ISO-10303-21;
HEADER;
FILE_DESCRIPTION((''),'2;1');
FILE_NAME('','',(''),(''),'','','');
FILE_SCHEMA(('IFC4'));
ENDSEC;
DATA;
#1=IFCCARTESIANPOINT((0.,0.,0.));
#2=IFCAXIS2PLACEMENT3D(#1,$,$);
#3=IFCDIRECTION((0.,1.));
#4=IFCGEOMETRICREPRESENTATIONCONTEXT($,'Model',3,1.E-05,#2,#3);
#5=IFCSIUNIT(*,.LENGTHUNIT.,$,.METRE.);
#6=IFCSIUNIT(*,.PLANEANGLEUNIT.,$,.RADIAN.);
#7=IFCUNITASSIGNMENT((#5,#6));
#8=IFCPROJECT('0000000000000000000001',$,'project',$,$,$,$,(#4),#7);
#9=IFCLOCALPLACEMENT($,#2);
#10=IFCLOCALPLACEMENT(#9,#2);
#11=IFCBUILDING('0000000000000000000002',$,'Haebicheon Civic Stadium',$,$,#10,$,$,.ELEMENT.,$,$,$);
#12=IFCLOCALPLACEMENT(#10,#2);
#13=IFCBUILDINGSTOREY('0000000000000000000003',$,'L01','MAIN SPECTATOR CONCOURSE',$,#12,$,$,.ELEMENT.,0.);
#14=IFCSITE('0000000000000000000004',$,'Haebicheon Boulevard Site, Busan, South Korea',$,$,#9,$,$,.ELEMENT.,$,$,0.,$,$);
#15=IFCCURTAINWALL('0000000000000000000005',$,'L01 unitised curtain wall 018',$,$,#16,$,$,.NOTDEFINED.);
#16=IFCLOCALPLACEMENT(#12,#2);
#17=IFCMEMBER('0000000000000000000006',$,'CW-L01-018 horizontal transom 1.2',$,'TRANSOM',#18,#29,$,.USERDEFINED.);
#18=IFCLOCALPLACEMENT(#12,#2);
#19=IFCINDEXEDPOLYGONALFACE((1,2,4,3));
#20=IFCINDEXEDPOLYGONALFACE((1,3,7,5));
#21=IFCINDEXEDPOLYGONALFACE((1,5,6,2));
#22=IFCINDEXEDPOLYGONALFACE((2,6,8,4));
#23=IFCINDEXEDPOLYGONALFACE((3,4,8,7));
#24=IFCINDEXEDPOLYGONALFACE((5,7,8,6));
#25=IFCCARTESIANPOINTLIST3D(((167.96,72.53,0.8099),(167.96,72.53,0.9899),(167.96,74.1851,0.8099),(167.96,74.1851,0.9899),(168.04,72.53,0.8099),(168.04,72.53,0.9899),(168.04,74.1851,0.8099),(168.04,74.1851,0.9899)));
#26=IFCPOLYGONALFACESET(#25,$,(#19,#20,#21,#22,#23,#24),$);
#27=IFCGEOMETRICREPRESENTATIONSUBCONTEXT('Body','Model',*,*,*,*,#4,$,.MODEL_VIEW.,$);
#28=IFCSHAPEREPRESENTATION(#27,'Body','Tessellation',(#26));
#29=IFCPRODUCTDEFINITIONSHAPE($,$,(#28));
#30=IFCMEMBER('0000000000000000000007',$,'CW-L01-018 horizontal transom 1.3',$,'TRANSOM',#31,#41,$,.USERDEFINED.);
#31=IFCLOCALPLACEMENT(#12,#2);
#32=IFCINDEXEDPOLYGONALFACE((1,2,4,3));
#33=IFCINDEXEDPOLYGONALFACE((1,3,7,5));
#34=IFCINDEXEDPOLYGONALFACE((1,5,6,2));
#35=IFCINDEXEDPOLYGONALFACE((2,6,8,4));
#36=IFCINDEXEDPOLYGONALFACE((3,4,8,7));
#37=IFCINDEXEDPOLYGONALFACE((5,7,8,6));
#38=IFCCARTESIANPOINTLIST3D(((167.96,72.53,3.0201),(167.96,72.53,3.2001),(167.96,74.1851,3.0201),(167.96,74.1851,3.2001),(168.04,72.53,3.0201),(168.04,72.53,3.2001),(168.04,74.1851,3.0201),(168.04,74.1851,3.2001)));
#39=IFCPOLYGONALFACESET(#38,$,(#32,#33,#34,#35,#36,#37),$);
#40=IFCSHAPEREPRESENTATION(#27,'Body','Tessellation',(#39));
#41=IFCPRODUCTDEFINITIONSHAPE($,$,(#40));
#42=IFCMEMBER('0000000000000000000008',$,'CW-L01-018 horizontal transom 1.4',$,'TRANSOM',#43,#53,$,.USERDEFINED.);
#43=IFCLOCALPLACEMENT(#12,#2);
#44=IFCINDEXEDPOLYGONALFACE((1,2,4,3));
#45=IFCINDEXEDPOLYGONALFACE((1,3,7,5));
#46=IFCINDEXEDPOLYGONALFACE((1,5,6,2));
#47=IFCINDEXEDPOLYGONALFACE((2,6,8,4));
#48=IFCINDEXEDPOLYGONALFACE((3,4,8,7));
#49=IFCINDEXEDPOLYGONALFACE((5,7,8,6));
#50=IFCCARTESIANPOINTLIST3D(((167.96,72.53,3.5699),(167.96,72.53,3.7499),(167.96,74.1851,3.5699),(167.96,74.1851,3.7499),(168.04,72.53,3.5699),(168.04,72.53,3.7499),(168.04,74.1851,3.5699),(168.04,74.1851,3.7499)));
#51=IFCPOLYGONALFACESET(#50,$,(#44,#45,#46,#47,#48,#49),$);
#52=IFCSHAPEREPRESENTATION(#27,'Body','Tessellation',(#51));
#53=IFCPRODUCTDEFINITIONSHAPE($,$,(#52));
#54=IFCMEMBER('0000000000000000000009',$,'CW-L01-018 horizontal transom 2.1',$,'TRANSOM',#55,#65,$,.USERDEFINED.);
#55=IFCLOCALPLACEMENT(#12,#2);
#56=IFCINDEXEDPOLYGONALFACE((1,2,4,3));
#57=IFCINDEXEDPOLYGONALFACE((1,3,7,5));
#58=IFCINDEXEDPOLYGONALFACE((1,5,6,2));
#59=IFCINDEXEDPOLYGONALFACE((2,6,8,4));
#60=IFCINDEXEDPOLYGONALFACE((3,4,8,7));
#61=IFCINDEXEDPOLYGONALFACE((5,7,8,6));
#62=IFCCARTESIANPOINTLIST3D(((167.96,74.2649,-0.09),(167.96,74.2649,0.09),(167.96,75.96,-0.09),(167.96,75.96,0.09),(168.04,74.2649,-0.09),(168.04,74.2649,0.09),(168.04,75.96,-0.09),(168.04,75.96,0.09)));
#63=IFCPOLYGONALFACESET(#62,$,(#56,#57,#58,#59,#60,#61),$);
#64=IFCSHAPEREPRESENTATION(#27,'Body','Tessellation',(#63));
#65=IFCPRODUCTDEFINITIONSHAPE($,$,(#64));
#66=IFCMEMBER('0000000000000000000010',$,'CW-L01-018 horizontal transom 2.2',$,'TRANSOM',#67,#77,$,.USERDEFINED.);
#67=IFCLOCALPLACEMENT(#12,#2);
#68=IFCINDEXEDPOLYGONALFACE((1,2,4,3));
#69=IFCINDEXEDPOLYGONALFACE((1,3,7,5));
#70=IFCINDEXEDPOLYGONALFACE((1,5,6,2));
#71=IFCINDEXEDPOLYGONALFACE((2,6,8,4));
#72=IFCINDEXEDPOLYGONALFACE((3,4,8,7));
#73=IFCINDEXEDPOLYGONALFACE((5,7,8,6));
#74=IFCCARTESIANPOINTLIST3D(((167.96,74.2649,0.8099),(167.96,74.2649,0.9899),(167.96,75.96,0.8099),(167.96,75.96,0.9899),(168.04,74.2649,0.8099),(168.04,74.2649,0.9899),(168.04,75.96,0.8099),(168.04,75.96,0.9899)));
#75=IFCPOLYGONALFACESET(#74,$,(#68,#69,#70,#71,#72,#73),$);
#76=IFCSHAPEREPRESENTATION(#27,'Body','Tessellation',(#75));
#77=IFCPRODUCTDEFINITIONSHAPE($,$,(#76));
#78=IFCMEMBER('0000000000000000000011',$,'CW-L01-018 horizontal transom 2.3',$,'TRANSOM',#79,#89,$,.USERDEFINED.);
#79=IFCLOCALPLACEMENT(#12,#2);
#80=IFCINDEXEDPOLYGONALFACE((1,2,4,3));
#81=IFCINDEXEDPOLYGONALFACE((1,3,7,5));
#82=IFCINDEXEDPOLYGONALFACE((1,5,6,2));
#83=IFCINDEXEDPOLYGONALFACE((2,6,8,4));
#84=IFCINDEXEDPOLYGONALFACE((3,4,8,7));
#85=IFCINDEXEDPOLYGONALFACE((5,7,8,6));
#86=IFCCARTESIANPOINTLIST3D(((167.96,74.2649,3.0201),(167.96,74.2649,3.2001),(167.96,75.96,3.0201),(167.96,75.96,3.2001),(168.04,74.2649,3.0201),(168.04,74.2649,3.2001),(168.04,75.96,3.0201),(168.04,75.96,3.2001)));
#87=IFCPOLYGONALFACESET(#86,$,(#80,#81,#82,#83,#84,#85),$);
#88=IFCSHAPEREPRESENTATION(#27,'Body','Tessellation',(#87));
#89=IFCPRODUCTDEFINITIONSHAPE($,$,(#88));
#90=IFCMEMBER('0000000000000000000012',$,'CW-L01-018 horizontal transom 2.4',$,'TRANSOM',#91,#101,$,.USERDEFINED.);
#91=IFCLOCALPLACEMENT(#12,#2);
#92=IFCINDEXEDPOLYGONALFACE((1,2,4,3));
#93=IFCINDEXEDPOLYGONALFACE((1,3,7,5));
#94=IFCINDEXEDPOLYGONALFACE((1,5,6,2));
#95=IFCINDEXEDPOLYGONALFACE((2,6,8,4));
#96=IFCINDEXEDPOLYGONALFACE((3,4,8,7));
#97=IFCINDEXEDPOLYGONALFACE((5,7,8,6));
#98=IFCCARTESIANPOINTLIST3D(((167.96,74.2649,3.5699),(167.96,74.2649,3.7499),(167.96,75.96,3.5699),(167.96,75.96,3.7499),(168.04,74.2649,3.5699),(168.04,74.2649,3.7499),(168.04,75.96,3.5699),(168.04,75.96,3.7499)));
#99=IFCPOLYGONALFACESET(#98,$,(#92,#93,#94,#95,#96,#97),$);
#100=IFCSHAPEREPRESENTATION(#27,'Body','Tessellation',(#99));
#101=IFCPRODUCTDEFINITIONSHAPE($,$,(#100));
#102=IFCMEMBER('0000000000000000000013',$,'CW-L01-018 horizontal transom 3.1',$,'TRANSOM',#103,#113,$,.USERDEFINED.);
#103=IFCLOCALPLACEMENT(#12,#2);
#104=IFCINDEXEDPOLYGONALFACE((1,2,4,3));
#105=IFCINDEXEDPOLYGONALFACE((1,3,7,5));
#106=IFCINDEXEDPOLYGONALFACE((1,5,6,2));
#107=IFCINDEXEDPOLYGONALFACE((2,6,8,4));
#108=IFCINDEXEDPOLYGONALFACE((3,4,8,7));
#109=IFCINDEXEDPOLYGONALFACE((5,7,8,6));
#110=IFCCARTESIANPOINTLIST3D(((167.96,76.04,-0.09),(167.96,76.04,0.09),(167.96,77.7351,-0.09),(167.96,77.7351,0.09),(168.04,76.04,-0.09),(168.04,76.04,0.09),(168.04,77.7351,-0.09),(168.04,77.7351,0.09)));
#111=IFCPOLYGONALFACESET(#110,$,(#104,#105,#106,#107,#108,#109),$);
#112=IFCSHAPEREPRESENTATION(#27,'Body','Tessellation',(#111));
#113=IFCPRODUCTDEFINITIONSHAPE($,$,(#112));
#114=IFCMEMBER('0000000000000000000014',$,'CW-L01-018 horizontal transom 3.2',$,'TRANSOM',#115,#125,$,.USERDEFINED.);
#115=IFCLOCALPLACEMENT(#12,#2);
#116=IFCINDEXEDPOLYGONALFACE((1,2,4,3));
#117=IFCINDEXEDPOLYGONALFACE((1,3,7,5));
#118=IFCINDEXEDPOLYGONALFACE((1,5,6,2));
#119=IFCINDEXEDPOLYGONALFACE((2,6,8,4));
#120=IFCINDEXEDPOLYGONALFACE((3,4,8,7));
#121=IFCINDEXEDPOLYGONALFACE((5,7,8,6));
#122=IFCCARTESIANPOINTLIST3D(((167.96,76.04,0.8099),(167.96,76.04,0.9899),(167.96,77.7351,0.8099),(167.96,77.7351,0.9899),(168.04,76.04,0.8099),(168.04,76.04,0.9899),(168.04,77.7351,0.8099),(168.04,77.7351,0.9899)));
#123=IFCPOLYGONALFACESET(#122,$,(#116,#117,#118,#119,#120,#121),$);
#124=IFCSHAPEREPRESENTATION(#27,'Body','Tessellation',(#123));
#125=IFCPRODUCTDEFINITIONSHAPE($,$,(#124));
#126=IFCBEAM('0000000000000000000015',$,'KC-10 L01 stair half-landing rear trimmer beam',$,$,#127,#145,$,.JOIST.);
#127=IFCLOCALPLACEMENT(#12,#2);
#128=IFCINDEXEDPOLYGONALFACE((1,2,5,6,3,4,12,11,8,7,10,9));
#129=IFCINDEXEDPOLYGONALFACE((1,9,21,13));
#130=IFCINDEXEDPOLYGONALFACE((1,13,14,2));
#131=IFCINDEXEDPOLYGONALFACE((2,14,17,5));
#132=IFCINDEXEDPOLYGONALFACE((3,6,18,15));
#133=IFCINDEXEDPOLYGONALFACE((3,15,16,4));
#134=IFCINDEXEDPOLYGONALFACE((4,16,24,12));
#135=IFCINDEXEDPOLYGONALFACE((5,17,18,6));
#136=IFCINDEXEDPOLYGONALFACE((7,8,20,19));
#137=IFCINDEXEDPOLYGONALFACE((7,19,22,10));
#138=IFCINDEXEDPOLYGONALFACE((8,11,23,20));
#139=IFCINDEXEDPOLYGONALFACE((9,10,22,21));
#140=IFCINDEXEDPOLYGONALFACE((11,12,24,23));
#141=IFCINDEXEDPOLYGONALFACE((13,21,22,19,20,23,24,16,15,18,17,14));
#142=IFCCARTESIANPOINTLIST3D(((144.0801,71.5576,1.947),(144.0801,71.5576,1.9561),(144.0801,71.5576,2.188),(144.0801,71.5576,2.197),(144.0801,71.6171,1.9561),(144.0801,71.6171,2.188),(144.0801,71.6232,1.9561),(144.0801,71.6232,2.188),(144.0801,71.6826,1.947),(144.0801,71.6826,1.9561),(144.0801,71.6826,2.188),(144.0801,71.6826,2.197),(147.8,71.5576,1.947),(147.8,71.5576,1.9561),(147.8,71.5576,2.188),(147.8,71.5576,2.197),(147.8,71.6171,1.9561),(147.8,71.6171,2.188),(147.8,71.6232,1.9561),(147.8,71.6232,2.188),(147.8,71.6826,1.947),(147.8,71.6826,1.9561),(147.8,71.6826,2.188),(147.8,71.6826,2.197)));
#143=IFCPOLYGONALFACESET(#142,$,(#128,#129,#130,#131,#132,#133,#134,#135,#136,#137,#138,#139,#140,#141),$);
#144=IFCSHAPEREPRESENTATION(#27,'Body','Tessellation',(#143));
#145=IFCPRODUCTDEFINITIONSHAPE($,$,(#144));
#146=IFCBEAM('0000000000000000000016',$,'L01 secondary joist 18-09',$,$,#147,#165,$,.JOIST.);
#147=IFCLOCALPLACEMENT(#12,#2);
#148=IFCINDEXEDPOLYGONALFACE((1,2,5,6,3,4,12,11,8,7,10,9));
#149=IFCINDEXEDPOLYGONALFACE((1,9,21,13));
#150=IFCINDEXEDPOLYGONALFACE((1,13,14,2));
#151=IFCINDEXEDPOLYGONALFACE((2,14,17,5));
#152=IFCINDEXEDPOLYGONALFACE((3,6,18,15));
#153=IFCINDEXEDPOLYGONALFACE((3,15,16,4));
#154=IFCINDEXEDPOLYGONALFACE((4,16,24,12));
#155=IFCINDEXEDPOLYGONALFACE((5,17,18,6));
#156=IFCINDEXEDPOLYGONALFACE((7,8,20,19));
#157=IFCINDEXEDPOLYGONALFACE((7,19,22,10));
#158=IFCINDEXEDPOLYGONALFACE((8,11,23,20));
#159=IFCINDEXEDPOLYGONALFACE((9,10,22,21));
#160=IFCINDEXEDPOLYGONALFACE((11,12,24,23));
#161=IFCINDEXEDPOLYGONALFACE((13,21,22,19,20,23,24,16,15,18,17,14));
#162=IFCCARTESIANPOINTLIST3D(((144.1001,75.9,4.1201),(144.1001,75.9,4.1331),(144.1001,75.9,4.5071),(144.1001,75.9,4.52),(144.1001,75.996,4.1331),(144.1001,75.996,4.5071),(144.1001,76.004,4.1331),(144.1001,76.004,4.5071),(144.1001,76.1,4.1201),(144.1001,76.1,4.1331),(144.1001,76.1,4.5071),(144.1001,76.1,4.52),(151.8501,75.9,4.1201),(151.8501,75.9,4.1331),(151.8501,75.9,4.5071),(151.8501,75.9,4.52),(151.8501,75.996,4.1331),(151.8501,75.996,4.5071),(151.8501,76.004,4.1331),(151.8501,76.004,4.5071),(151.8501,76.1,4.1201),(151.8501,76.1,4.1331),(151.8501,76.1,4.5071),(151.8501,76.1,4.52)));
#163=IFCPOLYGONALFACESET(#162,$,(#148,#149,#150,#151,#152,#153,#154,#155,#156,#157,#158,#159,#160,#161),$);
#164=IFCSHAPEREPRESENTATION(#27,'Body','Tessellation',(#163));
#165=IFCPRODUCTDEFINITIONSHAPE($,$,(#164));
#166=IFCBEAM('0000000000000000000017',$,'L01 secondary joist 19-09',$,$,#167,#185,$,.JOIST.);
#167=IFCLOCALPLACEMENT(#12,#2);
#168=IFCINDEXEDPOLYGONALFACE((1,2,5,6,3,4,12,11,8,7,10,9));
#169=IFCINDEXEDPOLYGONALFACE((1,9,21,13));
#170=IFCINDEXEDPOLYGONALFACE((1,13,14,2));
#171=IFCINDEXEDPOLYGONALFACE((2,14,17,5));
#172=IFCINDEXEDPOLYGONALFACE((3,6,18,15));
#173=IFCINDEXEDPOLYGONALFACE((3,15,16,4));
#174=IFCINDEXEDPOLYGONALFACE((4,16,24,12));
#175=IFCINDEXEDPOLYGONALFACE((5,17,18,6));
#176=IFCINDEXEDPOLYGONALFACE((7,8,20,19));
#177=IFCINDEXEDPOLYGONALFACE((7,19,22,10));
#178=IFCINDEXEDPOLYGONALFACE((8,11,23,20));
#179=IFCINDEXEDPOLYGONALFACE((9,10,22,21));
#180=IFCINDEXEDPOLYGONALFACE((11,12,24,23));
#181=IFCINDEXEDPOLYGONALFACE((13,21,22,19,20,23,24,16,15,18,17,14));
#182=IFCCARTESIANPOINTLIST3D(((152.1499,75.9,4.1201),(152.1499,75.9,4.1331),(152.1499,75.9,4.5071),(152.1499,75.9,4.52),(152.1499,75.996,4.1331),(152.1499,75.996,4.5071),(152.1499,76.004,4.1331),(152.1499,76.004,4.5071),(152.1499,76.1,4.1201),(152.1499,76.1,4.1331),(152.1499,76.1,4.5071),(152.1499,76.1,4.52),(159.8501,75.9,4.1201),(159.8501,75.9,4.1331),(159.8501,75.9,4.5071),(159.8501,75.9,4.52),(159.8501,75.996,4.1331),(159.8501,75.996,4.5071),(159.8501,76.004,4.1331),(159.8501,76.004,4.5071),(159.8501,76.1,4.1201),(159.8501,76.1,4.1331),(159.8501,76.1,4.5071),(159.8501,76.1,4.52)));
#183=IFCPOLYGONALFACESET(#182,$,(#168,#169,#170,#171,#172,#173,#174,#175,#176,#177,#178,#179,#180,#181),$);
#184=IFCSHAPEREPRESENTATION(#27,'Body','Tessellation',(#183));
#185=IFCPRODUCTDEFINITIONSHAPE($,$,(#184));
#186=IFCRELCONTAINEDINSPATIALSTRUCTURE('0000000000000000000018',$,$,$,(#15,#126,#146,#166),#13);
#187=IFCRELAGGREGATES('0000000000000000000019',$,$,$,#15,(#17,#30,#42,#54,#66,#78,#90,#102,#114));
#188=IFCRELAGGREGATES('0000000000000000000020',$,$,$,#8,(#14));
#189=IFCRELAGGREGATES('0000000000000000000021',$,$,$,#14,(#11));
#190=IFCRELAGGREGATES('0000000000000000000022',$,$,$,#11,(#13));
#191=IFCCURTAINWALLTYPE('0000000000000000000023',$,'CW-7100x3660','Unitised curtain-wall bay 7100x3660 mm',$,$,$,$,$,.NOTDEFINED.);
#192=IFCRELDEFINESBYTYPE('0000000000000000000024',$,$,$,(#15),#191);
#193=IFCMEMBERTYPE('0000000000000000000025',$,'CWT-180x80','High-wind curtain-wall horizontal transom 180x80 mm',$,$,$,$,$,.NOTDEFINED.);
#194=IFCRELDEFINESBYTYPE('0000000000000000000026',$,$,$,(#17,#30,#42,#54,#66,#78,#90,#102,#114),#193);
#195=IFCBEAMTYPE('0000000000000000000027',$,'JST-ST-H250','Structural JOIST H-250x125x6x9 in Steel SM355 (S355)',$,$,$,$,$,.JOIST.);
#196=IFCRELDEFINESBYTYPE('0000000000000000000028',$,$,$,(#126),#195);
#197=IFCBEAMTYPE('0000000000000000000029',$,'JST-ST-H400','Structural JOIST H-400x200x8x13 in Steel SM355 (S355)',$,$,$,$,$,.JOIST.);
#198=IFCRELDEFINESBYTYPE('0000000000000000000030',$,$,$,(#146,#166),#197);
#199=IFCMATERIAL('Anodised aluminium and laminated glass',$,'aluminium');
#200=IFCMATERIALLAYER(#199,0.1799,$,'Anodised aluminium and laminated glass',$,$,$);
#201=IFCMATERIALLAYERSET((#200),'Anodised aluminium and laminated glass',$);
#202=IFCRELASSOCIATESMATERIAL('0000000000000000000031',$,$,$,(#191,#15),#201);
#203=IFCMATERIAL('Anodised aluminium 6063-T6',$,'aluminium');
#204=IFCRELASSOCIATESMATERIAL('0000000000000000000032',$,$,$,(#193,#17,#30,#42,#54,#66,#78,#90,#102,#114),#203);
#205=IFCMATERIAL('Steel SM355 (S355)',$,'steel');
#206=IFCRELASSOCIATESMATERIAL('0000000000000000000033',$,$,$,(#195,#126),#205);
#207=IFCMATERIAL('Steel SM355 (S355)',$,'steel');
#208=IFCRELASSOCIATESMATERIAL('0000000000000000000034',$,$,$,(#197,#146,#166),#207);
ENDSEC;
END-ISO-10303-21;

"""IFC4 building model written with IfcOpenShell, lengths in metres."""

from ifc_helpers import new_model, si_unit, direction, frame, origin, origin_2d, place, context, subcontext, project, spatial, rectangle, i_section, extrude, material, layer, layer_set, material_profile, profile_set, type_object, element, aggregate, save


model = new_model("IFC4")

# Units and contexts
model_context = context("Model", 3, precision=1e-05, world=origin(), true_north=direction((0.0, 1.0)))
body_context = subcontext(model_context, "Body", "Model", "MODEL_VIEW")
ifc_project = project(units=[si_unit("LENGTHUNIT", "METRE"), si_unit("PLANEANGLEUNIT", "RADIAN")], contexts=[model_context])

# Site, building, storey
site_placement = place(None, origin())
site = spatial("IfcSite", under=ifc_project, at=site_placement, Name="Haebicheon Boulevard Site, Busan, South Korea", CompositionType="ELEMENT", RefElevation=0.0)
building_placement = place(site_placement, origin())
building = spatial("IfcBuilding", under=site, at=building_placement, Name="Haebicheon Civic Stadium", CompositionType="ELEMENT")
storey_placement = place(building_placement, origin())
storey = spatial("IfcBuildingStorey", under=building, at=storey_placement, Name="L01", Description="MAIN SPECTATOR CONCOURSE", CompositionType="ELEMENT", Elevation=0.0)

# Curtain wall, members
ifc_material_1 = material(Name="Anodised aluminium and laminated glass", Category="aluminium")
ifc_layer_1 = layer(ifc_material_1, 0.1799, Name="Anodised aluminium and laminated glass")
ifc_layer_set_1 = layer_set([ifc_layer_1], Name="Anodised aluminium and laminated glass")
curtain_wall_type = type_object("IfcCurtainWallType", Name="CW-7100x3660", Description="Unitised curtain-wall bay 7100x3660 mm", PredefinedType="NOTDEFINED", material=ifc_layer_set_1)
curtain_wall_placement = place(storey_placement, origin())
curtain_wall = element("IfcCurtainWall", 1, at=curtain_wall_placement, inside=storey, type_object=curtain_wall_type, material=ifc_layer_set_1, Name="L01 unitised curtain wall 018", PredefinedType="NOTDEFINED")
ifc_material_2 = material(Name="Anodised aluminium 6063-T6", Category="aluminium")
ifc_material_profile_1 = material_profile(ifc_material_2, rectangle(XDim=0.0801, YDim=0.1799, at=origin_2d()), Name="ALU-TRAN-80x180")
ifc_profile_set_1 = profile_set([ifc_material_profile_1], Name="Anodised aluminium 6063-T6")
member_type_1 = type_object("IfcMemberType", Name="CWT-180x80", Description="High-wind curtain-wall horizontal transom 180x80 mm", PredefinedType="NOTDEFINED", material=ifc_profile_set_1)
member_1_placement = place(storey_placement, frame((168.0, 72.53, 0.8999), z_axis=(0.0, 1.0, 0.0), x_axis=(-1.0, 0.0, 0.0)))
member_1 = element("IfcMember", 2, at=member_1_placement, type_object=member_type_1, material=ifc_profile_set_1, Name="CW-L01-018 horizontal transom 1.2", ObjectType="TRANSOM", PredefinedType="USERDEFINED", context=body_context, shape_type="SweptSolid", body=[
    extrude(rectangle(XDim=0.0801, YDim=0.1799, at=origin_2d()), origin(), (0.0, 0.0, 1.0), 1.655),
])
member_2_placement = place(storey_placement, frame((168.0, 72.53, 3.1101), z_axis=(0.0, 1.0, 0.0), x_axis=(-1.0, 0.0, 0.0)))
member_2 = element("IfcMember", 3, at=member_2_placement, type_object=member_type_1, material=ifc_profile_set_1, Name="CW-L01-018 horizontal transom 1.3", ObjectType="TRANSOM", PredefinedType="USERDEFINED", context=body_context, shape_type="SweptSolid", body=[
    extrude(rectangle(XDim=0.0801, YDim=0.1799, at=origin_2d()), origin(), (0.0, 0.0, 1.0), 1.655),
])
member_3_placement = place(storey_placement, frame((168.0, 72.53, 3.6599), z_axis=(0.0, 1.0, 0.0), x_axis=(-1.0, 0.0, 0.0)))
member_3 = element("IfcMember", 4, at=member_3_placement, type_object=member_type_1, material=ifc_profile_set_1, Name="CW-L01-018 horizontal transom 1.4", ObjectType="TRANSOM", PredefinedType="USERDEFINED", context=body_context, shape_type="SweptSolid", body=[
    extrude(rectangle(XDim=0.0801, YDim=0.1799, at=origin_2d()), origin(), (0.0, 0.0, 1.0), 1.655),
])
member_4_placement = place(storey_placement, frame((168.0, 74.2649, 0.0), z_axis=(0.0, 1.0, 0.0), x_axis=(-1.0, 0.0, 0.0)))
member_4 = element("IfcMember", 5, at=member_4_placement, type_object=member_type_1, material=ifc_profile_set_1, Name="CW-L01-018 horizontal transom 2.1", ObjectType="TRANSOM", PredefinedType="USERDEFINED", context=body_context, shape_type="SweptSolid", body=[
    extrude(rectangle(XDim=0.0801, YDim=0.1799, at=origin_2d()), origin(), (0.0, 0.0, 1.0), 1.6951),
])
member_5_placement = place(storey_placement, frame((168.0, 74.2649, 0.8999), z_axis=(0.0, 1.0, 0.0), x_axis=(-1.0, 0.0, 0.0)))
member_5 = element("IfcMember", 6, at=member_5_placement, type_object=member_type_1, material=ifc_profile_set_1, Name="CW-L01-018 horizontal transom 2.2", ObjectType="TRANSOM", PredefinedType="USERDEFINED", context=body_context, shape_type="SweptSolid", body=[
    extrude(rectangle(XDim=0.0801, YDim=0.1799, at=origin_2d()), origin(), (0.0, 0.0, 1.0), 1.6951),
])
member_6_placement = place(storey_placement, frame((168.0, 74.2649, 3.1101), z_axis=(0.0, 1.0, 0.0), x_axis=(-1.0, 0.0, 0.0)))
member_6 = element("IfcMember", 7, at=member_6_placement, type_object=member_type_1, material=ifc_profile_set_1, Name="CW-L01-018 horizontal transom 2.3", ObjectType="TRANSOM", PredefinedType="USERDEFINED", context=body_context, shape_type="SweptSolid", body=[
    extrude(rectangle(XDim=0.0801, YDim=0.1799, at=origin_2d()), origin(), (0.0, 0.0, 1.0), 1.6951),
])
member_7_placement = place(storey_placement, frame((168.0, 74.2649, 3.6599), z_axis=(0.0, 1.0, 0.0), x_axis=(-1.0, 0.0, 0.0)))
member_7 = element("IfcMember", 8, at=member_7_placement, type_object=member_type_1, material=ifc_profile_set_1, Name="CW-L01-018 horizontal transom 2.4", ObjectType="TRANSOM", PredefinedType="USERDEFINED", context=body_context, shape_type="SweptSolid", body=[
    extrude(rectangle(XDim=0.0801, YDim=0.1799, at=origin_2d()), origin(), (0.0, 0.0, 1.0), 1.6951),
])
member_8_placement = place(storey_placement, frame((168.0, 76.04, 0.0), z_axis=(0.0, 1.0, 0.0), x_axis=(-1.0, 0.0, 0.0)))
member_8 = element("IfcMember", 9, at=member_8_placement, type_object=member_type_1, material=ifc_profile_set_1, Name="CW-L01-018 horizontal transom 3.1", ObjectType="TRANSOM", PredefinedType="USERDEFINED", context=body_context, shape_type="SweptSolid", body=[
    extrude(rectangle(XDim=0.0801, YDim=0.1799, at=origin_2d()), origin(), (0.0, 0.0, 1.0), 1.6951),
])
member_9_placement = place(storey_placement, frame((168.0, 76.04, 0.8999), z_axis=(0.0, 1.0, 0.0), x_axis=(-1.0, 0.0, 0.0)))
member_9 = element("IfcMember", 10, at=member_9_placement, type_object=member_type_1, material=ifc_profile_set_1, Name="CW-L01-018 horizontal transom 3.2", ObjectType="TRANSOM", PredefinedType="USERDEFINED", context=body_context, shape_type="SweptSolid", body=[
    extrude(rectangle(XDim=0.0801, YDim=0.1799, at=origin_2d()), origin(), (0.0, 0.0, 1.0), 1.6951),
])

# Beams
ifc_material_3 = material(Name="Steel SM355 (S355)", Category="steel")
ifc_material_profile_2 = material_profile(ifc_material_3, i_section(OverallWidth=0.125, OverallDepth=0.25, WebThickness=0.0061, FlangeThickness=0.009, at=origin_2d()), Name="H-250x125x6x9")
ifc_profile_set_2 = profile_set([ifc_material_profile_2], Name="Steel SM355 (S355)")
beam_type_1 = type_object("IfcBeamType", Name="JST-ST-H250", Description="Structural JOIST H-250x125x6x9 in Steel SM355 (S355)", PredefinedType="JOIST", material=ifc_profile_set_2)
beam_1_placement = place(storey_placement, frame((144.0801, 71.6201, 2.072), z_axis=(1.0, 0.0, 0.0), x_axis=(0.0, 1.0, 0.0)))
element("IfcBeam", 11, at=beam_1_placement, inside=storey, type_object=beam_type_1, material=ifc_profile_set_2, Name="KC-10 L01 stair half-landing rear trimmer beam", PredefinedType="JOIST", context=body_context, shape_type="SweptSolid", body=[
    extrude(i_section(OverallWidth=0.125, OverallDepth=0.25, WebThickness=0.0061, FlangeThickness=0.009, at=origin_2d()), origin(), (0.0, 0.0, 1.0), 3.72),
])
ifc_material_4 = material(Name="Steel SM355 (S355)", Category="steel")
ifc_material_profile_3 = material_profile(ifc_material_4, i_section(OverallWidth=0.2, OverallDepth=0.3999, WebThickness=0.0081, FlangeThickness=0.0129, at=origin_2d()), Name="H-400x200x8x13")
ifc_profile_set_3 = profile_set([ifc_material_profile_3], Name="Steel SM355 (S355)")
beam_type_2 = type_object("IfcBeamType", Name="JST-ST-H400", Description="Structural JOIST H-400x200x8x13 in Steel SM355 (S355)", PredefinedType="JOIST", material=ifc_profile_set_3)
beam_2_placement = place(storey_placement, frame((144.1001, 76.0, 4.3201), z_axis=(1.0, 0.0, 0.0), x_axis=(0.0, 1.0, 0.0)))
element("IfcBeam", 12, at=beam_2_placement, inside=storey, type_object=beam_type_2, material=ifc_profile_set_3, Name="L01 secondary joist 18-09", PredefinedType="JOIST", context=body_context, shape_type="SweptSolid", body=[
    extrude(i_section(OverallWidth=0.2, OverallDepth=0.3999, WebThickness=0.0081, FlangeThickness=0.0129, at=origin_2d()), origin(), (0.0, 0.0, 1.0), 7.75),
])
beam_3_placement = place(storey_placement, frame((152.1499, 76.0, 4.3201), z_axis=(1.0, 0.0, 0.0), x_axis=(0.0, 1.0, 0.0)))
element("IfcBeam", 13, at=beam_3_placement, inside=storey, type_object=beam_type_2, material=ifc_profile_set_3, Name="L01 secondary joist 19-09", PredefinedType="JOIST", context=body_context, shape_type="SweptSolid", body=[
    extrude(i_section(OverallWidth=0.2, OverallDepth=0.3999, WebThickness=0.0081, FlangeThickness=0.0129, at=origin_2d()), origin(), (0.0, 0.0, 1.0), 7.7002),
])

aggregate(curtain_wall, [member_1, member_2, member_3, member_4, member_5, member_6, member_7, member_8, member_9])

save(model, "model.ifc")
